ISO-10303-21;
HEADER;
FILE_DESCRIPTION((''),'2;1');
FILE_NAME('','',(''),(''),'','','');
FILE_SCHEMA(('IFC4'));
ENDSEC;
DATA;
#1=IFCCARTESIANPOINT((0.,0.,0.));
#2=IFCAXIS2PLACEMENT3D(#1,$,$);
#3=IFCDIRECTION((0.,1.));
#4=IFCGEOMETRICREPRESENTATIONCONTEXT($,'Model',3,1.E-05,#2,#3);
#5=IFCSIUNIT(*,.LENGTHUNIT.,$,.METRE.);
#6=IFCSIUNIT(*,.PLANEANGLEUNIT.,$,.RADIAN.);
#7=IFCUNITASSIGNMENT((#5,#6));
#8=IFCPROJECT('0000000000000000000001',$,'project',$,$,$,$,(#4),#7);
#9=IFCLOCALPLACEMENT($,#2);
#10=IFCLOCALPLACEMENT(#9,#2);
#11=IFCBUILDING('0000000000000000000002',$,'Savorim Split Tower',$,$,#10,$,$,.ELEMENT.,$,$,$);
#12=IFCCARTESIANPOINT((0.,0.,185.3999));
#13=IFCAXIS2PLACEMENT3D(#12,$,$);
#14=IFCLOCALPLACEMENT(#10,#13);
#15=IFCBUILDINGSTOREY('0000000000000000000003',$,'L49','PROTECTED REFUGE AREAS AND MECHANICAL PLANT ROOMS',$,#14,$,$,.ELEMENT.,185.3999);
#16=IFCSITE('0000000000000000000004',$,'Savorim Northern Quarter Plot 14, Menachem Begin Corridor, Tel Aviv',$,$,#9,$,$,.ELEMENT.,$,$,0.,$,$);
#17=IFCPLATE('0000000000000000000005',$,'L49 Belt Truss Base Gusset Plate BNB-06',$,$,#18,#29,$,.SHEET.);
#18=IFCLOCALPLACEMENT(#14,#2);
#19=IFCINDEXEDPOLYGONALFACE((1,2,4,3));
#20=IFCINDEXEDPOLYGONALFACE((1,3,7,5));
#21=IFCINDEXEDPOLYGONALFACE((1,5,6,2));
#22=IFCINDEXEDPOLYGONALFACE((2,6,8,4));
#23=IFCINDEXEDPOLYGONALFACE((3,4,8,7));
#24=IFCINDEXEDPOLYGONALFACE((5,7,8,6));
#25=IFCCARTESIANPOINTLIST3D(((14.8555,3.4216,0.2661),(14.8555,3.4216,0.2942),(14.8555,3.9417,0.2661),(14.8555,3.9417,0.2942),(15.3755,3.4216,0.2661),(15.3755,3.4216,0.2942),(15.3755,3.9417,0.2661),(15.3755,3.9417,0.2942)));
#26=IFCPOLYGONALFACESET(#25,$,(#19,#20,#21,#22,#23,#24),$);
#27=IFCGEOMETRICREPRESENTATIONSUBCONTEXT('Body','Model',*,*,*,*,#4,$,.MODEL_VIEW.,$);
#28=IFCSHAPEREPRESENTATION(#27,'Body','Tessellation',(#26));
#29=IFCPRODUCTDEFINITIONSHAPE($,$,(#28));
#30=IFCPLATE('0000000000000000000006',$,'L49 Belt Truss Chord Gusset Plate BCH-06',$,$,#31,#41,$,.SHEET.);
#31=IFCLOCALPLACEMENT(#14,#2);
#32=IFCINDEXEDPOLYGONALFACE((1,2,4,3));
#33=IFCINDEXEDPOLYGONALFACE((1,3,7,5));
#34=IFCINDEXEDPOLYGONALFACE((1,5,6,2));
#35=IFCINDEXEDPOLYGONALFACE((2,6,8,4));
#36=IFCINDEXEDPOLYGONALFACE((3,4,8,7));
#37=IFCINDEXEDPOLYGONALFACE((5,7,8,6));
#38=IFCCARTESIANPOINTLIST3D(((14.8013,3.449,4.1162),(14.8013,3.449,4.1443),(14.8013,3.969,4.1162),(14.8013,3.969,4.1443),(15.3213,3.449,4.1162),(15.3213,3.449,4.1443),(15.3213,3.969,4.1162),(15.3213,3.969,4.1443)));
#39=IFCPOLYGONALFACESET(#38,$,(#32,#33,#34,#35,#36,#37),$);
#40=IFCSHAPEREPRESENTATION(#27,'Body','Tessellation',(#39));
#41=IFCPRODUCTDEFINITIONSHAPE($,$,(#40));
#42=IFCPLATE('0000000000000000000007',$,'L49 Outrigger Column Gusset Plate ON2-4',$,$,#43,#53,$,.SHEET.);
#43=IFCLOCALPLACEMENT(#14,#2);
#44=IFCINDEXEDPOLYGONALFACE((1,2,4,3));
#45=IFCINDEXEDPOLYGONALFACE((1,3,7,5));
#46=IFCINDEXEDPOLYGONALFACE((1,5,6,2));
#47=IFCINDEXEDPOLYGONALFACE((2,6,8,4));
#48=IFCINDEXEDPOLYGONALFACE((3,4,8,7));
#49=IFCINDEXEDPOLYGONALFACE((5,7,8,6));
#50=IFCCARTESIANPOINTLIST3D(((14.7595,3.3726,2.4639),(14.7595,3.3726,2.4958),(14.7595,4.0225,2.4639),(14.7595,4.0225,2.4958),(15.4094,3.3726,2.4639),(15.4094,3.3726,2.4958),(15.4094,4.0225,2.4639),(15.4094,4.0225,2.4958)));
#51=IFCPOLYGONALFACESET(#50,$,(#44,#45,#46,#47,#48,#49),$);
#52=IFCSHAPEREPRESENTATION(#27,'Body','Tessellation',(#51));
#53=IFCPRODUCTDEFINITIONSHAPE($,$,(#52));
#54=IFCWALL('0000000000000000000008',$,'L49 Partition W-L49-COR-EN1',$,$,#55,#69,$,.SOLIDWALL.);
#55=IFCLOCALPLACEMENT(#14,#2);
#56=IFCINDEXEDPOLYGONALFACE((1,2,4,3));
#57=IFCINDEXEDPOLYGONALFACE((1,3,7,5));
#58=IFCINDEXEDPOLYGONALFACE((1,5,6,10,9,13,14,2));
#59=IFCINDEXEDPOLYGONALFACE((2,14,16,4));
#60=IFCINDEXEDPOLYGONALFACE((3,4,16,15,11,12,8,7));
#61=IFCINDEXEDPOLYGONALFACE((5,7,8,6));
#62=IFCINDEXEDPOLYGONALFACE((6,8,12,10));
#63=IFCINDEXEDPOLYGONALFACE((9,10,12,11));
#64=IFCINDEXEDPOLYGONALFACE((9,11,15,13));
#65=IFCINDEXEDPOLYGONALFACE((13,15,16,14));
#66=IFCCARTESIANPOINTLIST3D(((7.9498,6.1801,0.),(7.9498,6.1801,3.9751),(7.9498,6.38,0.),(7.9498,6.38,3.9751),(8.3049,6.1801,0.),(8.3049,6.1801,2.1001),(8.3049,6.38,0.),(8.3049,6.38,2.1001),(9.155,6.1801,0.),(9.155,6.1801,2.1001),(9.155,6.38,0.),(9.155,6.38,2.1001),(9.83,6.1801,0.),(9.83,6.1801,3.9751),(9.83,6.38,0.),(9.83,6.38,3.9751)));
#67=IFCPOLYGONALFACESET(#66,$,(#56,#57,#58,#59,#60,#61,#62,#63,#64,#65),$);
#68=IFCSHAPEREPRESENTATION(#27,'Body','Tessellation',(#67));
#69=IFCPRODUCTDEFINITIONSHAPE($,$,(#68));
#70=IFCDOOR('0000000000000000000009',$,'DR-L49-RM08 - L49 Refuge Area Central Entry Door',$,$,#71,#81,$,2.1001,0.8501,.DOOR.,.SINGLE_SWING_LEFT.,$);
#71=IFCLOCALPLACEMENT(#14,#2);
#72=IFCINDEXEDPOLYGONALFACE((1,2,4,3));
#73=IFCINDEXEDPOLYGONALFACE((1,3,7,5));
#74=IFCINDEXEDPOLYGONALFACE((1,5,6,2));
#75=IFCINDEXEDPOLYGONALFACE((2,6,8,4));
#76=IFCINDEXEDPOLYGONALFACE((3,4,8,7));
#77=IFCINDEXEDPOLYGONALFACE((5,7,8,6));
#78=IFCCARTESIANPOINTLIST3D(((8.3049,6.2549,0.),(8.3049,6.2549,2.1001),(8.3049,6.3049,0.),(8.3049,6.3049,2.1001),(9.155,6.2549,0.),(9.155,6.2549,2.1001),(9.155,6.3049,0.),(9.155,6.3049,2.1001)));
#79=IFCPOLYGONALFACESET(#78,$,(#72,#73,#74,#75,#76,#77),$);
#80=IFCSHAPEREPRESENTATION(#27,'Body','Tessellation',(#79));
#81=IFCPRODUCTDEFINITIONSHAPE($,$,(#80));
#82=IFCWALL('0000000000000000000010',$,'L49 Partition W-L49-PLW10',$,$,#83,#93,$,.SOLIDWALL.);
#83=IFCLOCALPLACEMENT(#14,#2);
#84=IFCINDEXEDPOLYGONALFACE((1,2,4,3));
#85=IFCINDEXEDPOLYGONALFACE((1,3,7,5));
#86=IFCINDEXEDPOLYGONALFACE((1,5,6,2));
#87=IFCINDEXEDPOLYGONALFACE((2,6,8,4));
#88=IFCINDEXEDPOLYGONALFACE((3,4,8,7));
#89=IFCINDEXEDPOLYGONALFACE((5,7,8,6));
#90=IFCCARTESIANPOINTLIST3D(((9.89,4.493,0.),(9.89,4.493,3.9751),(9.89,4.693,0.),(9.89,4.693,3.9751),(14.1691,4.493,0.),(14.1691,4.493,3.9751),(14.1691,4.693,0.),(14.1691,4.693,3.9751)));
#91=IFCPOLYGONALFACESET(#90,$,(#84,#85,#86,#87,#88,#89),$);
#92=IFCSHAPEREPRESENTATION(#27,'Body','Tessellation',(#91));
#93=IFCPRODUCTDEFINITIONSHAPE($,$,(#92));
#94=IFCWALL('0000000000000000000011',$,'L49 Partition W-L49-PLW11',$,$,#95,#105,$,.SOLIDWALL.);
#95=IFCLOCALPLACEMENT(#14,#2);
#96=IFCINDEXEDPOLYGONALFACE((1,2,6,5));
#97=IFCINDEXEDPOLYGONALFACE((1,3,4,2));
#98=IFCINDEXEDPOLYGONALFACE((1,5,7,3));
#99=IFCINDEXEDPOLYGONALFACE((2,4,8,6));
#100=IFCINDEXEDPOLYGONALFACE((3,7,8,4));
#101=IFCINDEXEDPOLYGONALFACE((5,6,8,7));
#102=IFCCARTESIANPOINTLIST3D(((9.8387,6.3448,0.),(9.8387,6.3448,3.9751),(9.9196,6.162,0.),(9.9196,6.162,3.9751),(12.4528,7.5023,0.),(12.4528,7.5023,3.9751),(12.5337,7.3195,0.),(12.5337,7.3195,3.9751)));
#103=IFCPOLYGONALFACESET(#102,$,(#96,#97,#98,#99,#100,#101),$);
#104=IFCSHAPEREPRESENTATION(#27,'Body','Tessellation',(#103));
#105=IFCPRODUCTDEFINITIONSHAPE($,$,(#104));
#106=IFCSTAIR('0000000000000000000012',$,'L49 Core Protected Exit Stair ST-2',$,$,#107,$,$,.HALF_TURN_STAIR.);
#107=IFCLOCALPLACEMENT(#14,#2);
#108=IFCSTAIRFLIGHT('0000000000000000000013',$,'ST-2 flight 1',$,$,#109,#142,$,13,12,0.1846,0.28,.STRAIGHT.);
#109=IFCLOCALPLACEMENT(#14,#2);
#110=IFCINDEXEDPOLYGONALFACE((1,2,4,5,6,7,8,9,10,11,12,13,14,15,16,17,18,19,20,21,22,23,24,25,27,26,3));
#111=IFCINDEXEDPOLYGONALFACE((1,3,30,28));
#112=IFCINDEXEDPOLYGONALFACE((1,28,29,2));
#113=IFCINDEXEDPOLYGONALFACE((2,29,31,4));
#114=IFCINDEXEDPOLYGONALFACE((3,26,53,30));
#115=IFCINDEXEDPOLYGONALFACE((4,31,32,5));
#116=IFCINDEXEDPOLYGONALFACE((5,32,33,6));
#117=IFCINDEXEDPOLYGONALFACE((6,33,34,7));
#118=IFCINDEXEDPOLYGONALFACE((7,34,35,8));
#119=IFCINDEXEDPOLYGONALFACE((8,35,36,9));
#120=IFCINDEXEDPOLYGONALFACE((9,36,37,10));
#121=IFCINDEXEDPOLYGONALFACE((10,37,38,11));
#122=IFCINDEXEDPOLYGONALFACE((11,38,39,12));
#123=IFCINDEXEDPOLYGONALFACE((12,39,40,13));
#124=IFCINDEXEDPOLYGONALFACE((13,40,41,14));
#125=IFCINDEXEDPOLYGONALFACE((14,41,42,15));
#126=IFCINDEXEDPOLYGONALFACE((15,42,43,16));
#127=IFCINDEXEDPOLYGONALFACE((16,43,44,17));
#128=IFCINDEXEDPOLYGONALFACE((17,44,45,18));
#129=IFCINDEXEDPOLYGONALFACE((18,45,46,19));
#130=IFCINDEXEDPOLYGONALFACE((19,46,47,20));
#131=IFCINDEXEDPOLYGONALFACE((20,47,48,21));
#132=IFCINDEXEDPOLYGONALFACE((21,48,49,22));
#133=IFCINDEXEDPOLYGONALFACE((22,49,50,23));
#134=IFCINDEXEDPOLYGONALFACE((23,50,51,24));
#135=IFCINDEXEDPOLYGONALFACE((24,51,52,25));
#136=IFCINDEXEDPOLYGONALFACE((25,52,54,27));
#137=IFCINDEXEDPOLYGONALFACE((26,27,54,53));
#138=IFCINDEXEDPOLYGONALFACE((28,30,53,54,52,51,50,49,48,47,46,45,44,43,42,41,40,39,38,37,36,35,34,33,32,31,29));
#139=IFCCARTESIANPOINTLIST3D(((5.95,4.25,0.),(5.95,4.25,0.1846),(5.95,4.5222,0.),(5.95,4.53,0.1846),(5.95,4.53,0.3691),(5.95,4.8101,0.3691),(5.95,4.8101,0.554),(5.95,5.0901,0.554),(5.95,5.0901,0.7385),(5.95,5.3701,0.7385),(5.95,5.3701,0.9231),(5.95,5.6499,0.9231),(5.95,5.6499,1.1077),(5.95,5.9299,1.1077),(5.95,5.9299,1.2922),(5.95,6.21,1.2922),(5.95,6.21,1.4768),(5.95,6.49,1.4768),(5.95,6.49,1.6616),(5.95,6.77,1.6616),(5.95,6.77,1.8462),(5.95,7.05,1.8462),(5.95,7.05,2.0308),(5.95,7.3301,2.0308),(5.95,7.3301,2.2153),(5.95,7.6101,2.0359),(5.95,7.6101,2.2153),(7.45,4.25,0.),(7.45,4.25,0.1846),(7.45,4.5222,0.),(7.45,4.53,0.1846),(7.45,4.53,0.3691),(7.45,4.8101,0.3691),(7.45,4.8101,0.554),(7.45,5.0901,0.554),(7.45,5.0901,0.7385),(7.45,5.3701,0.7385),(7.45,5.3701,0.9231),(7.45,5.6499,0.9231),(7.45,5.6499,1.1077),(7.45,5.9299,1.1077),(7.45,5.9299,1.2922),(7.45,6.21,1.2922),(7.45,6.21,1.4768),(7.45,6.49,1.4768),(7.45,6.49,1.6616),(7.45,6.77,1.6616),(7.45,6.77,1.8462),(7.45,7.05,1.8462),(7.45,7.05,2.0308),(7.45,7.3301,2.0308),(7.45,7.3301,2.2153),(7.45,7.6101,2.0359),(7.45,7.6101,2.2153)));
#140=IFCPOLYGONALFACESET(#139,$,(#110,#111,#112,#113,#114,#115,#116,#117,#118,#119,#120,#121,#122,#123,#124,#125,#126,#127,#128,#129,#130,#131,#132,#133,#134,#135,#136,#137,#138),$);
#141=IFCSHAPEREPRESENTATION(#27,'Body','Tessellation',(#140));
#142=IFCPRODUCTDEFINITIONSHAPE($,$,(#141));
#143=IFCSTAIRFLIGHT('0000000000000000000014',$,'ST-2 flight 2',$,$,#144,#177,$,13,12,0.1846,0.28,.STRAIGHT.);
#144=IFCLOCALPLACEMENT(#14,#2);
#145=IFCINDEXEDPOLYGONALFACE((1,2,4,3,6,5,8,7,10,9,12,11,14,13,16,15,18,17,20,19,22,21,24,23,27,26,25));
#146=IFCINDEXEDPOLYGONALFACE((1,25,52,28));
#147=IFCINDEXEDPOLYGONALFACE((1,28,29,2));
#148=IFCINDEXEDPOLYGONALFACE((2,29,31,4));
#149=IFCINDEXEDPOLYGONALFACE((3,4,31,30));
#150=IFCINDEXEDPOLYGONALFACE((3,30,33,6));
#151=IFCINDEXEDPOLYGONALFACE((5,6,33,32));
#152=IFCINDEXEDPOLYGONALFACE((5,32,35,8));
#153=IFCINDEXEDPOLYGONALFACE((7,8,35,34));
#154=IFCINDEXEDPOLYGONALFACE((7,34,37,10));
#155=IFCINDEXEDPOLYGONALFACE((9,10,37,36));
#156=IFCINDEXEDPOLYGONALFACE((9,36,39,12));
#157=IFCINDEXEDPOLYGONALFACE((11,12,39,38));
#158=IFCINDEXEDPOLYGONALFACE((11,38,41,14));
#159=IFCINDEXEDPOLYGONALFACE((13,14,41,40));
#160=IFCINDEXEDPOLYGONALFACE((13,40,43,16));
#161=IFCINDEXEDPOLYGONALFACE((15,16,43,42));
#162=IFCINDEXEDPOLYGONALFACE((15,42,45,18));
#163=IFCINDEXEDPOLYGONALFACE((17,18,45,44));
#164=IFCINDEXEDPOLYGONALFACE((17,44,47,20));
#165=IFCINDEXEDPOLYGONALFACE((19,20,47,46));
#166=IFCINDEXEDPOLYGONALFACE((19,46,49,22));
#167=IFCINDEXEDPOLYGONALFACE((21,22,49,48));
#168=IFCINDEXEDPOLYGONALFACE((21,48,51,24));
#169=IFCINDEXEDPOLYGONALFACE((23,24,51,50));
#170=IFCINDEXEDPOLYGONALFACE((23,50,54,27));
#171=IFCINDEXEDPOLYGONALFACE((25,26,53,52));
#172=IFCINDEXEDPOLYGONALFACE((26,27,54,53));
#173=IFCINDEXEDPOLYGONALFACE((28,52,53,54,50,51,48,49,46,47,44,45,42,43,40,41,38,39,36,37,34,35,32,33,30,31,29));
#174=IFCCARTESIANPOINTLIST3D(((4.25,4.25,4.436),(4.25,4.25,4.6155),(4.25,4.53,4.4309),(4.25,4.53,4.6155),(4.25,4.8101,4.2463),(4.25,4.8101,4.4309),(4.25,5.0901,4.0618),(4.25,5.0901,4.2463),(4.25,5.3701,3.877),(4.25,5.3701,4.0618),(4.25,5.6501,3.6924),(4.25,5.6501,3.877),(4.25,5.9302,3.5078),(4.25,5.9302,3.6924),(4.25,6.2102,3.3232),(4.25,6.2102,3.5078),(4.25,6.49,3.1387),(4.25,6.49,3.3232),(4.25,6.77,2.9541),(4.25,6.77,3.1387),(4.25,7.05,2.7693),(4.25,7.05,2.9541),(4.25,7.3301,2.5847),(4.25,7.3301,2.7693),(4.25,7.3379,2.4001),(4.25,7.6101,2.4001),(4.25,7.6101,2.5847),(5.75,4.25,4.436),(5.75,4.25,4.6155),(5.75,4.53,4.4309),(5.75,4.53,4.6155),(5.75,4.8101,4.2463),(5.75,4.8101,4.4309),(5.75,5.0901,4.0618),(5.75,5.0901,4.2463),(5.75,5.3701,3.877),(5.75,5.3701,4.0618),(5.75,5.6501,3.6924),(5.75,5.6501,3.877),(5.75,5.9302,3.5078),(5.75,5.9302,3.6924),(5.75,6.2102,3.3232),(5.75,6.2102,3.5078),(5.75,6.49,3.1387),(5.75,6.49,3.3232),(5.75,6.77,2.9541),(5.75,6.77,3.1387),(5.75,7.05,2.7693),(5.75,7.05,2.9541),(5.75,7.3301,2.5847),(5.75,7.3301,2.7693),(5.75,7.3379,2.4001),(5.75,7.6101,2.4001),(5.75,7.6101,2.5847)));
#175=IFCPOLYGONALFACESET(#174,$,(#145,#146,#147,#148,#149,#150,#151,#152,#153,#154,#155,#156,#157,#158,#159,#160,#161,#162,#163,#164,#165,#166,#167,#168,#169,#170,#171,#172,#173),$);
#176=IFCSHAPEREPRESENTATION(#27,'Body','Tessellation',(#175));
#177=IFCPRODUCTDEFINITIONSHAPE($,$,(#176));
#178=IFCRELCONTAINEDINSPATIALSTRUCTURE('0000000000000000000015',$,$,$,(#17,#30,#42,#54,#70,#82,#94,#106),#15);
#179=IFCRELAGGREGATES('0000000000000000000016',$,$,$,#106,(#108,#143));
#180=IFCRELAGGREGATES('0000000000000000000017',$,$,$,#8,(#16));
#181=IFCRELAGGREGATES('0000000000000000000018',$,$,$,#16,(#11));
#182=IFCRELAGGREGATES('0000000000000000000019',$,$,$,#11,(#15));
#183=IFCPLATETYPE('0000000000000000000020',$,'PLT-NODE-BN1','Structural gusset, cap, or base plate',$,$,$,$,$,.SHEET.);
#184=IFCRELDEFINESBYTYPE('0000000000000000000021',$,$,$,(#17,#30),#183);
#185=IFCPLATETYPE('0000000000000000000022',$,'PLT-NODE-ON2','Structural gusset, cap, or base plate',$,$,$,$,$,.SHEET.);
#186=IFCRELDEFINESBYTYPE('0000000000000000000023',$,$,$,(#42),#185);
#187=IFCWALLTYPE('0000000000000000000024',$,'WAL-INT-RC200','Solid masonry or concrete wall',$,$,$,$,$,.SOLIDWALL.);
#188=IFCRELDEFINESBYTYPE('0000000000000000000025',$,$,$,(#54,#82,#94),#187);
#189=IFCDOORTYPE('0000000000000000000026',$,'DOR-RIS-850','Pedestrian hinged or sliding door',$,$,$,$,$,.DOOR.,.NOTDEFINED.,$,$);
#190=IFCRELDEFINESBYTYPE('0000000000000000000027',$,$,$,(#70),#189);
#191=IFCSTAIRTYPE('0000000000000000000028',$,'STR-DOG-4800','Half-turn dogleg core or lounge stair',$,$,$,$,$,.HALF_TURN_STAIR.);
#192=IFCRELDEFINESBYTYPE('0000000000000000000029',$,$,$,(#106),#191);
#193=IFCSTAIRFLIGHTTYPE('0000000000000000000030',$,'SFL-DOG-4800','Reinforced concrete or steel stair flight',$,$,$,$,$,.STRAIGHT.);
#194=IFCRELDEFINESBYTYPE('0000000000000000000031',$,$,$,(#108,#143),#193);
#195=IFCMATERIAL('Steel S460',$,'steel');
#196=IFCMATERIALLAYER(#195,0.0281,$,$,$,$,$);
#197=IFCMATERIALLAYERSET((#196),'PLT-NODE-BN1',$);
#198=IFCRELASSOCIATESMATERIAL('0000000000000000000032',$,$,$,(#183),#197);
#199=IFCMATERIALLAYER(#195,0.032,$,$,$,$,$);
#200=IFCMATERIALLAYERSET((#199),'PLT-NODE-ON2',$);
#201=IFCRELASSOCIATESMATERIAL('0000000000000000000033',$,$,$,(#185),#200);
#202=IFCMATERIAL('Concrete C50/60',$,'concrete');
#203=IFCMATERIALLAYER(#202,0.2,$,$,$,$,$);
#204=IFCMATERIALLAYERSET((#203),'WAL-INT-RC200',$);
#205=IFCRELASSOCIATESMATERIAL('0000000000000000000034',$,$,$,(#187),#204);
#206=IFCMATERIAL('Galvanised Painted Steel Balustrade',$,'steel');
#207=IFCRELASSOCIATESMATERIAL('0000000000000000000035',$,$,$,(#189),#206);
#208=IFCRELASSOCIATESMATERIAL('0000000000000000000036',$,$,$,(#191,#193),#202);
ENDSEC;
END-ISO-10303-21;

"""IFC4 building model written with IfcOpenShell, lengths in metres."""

from ifc_helpers import new_model, si_unit, direction, frame, frame_2d, origin, origin_2d, place, context, subcontext, project, spatial, polyline, rectangle, outline, extrude, material, layer, layer_set, type_object, element, fill, aggregate, save


model = new_model("IFC4")

# Units and contexts
model_context = context("Model", 3, precision=1e-05, world=origin(), true_north=direction((0.0, 1.0)))
body_context = subcontext(model_context, "Body", "Model", "MODEL_VIEW")
ifc_project = project(units=[si_unit("LENGTHUNIT", "METRE"), si_unit("PLANEANGLEUNIT", "RADIAN")], contexts=[model_context])

# Site, building, storey
site_placement = place(None, origin())
site = spatial("IfcSite", under=ifc_project, at=site_placement, Name="Savorim Northern Quarter Plot 14, Menachem Begin Corridor, Tel Aviv", CompositionType="ELEMENT", RefElevation=0.0)
building_placement = place(site_placement, origin())
building = spatial("IfcBuilding", under=site, at=building_placement, Name="Savorim Split Tower", CompositionType="ELEMENT")
storey_placement = place(building_placement, frame((0.0, 0.0, 185.3999)))
storey = spatial("IfcBuildingStorey", under=building, at=storey_placement, Name="L49", Description="PROTECTED REFUGE AREAS AND MECHANICAL PLANT ROOMS", CompositionType="ELEMENT", Elevation=185.3999)

# Shared definitions
ifc_material_1 = material(Name="Steel S460", Category="steel")

# Plates
ifc_layer_1 = layer(ifc_material_1, 0.0281)
ifc_layer_set_1 = layer_set([ifc_layer_1], Name="PLT-NODE-BN1")
plate_type_1 = type_object("IfcPlateType", Name="PLT-NODE-BN1", Description="Structural gusset, cap, or base plate", PredefinedType="SHEET", material=ifc_layer_set_1)
for number, where, z_axis, x_axis, name in (
    (1, (15.1155, 3.6816, 0.2661), (0.0, 0.0, 1.0), (1.0, 0.0, 0.0), "L49 Belt Truss Base Gusset Plate BNB-06"),
    (2, (15.0613, 3.709, 4.1162), (0.0, 0.0, 1.0), (1.0, 0.0, 0.0), "L49 Belt Truss Chord Gusset Plate BCH-06"),
):
    element("IfcPlate", number, at=place(storey_placement, frame(where, z_axis=z_axis, x_axis=x_axis)), inside=storey, type_object=plate_type_1, Name=name, PredefinedType="SHEET", context=body_context, shape_type="SweptSolid", body=[
        extrude(rectangle(XDim=0.52, YDim=0.52, at=origin_2d()), origin(), (0.0, 0.0, 1.0), 0.0281),
    ])
ifc_layer_2 = layer(ifc_material_1, 0.032)
ifc_layer_set_2 = layer_set([ifc_layer_2], Name="PLT-NODE-ON2")
plate_type_2 = type_object("IfcPlateType", Name="PLT-NODE-ON2", Description="Structural gusset, cap, or base plate", PredefinedType="SHEET", material=ifc_layer_set_2)
plate_1_placement = place(storey_placement, frame((15.0845, 3.6975, 2.4639), z_axis=(0.0, 0.0, 1.0), x_axis=(1.0, 0.0, 0.0)))
element("IfcPlate", 3, at=plate_1_placement, inside=storey, type_object=plate_type_2, Name="L49 Outrigger Column Gusset Plate ON2-4", PredefinedType="SHEET", context=body_context, shape_type="SweptSolid", body=[
    extrude(rectangle(XDim=0.6499, YDim=0.6499, at=origin_2d()), origin(), (0.0, 0.0, 1.0), 0.032),
])

# Wall, opening, door
ifc_material_2 = material(Name="Concrete C50/60", Category="concrete")
ifc_layer_3 = layer(ifc_material_2, 0.2)
ifc_layer_set_3 = layer_set([ifc_layer_3], Name="WAL-INT-RC200")
wall_type = type_object("IfcWallType", Name="WAL-INT-RC200", Description="Solid masonry or concrete wall", PredefinedType="SOLIDWALL", material=ifc_layer_set_3)
wall_1_placement = place(storey_placement, frame((7.95, 6.28, 0.0), z_axis=(0.0, 0.0, 1.0), x_axis=(1.0, 0.0, 0.0)))
wall_1 = element("IfcWall", 4, at=wall_1_placement, inside=storey, type_object=wall_type, Name="L49 Partition W-L49-COR-EN1", PredefinedType="SOLIDWALL", context=body_context, shape_type="SweptSolid", body=[
    extrude(rectangle(XDim=1.8801, YDim=0.2, at=frame_2d((0.9399, 0.0))), origin(), (0.0, 0.0, 1.0), 3.9751),
])
opening_placement = place(wall_1_placement, frame((0.355, 0.0, 0.0)))
opening = element("IfcOpeningElement", 5, at=opening_placement, cuts=wall_1, PredefinedType="OPENING", context=body_context, shape_type="SweptSolid", body=[
    extrude(rectangle(XDim=0.8501, YDim=2.1001, at=frame_2d((0.425, 1.05))), frame((0.0, 0.1099, 0.0), z_axis=(0.0, -1.0, 0.0), x_axis=(1.0, 0.0, 0.0)), (0.0, 0.0, 1.0), 0.22),
])
ifc_material_3 = material(Name="Galvanised Painted Steel Balustrade", Category="steel")
door_type = type_object("IfcDoorType", Name="DOR-RIS-850", Description="Pedestrian hinged or sliding door", OperationType="NOTDEFINED", PredefinedType="DOOR", material=ifc_material_3)
door_placement = place(opening_placement, origin())
door = element("IfcDoor", 6, at=door_placement, inside=storey, type_object=door_type, Name="DR-L49-RM08 - L49 Refuge Area Central Entry Door", OperationType="SINGLE_SWING_LEFT", OverallHeight=2.1001, OverallWidth=0.8501, PredefinedType="DOOR", context=body_context, shape_type="SweptSolid", body=[
    extrude(rectangle(XDim=0.8501, YDim=2.1001, at=frame_2d((0.425, 1.05))), frame((0.0, 0.0249, 0.0), z_axis=(0.0, -1.0, 0.0), x_axis=(1.0, 0.0, 0.0)), (0.0, 0.0, 1.0), 0.05),
])
fill(opening, door)

# Walls
wall_2_placement = place(storey_placement, frame((9.8899, 4.593, 0.0), z_axis=(0.0, 0.0, 1.0), x_axis=(1.0, 0.0, 0.0)))
element("IfcWall", 7, at=wall_2_placement, inside=storey, type_object=wall_type, Name="L49 Partition W-L49-PLW10", PredefinedType="SOLIDWALL", context=body_context, shape_type="SweptSolid", body=[
    extrude(rectangle(XDim=4.2791, YDim=0.2, at=frame_2d((2.1396, 0.0))), origin(), (0.0, 0.0, 1.0), 3.9751),
])
wall_3_placement = place(storey_placement, frame((9.8792, 6.2534, 0.0), z_axis=(0.0, 0.0, 1.0), x_axis=(0.914371, 0.404878, 0.0)))
element("IfcWall", 8, at=wall_3_placement, inside=storey, type_object=wall_type, Name="L49 Partition W-L49-PLW11", PredefinedType="SOLIDWALL", context=body_context, shape_type="SweptSolid", body=[
    extrude(rectangle(XDim=2.8589, YDim=0.2, at=frame_2d((1.4294, 0.0))), origin(), (0.0, 0.0, 1.0), 3.9751),
])

# Stair, stair flights
stair_type = type_object("IfcStairType", Name="STR-DOG-4800", Description="Half-turn dogleg core or lounge stair", PredefinedType="HALF_TURN_STAIR", material=ifc_material_2)
stair_placement = place(storey_placement, origin())
stair = element("IfcStair", 9, at=stair_placement, inside=storey, type_object=stair_type, Name="L49 Core Protected Exit Stair ST-2", PredefinedType="HALF_TURN_STAIR")
stair_flight_type = type_object("IfcStairFlightType", Name="SFL-DOG-4800", Description="Reinforced concrete or steel stair flight", PredefinedType="STRAIGHT", material=ifc_material_2)
stair_flight_1_placement = place(storey_placement, frame((6.7, 4.25, 0.0), z_axis=(0.0, 0.0, 1.0), x_axis=(0.0, 1.0, 0.0)))
stair_flight_1 = element("IfcStairFlight", 10, at=stair_flight_1_placement, type_object=stair_flight_type, Name="ST-2 flight 1", NumberOfRisers=13, NumberOfTreads=12, PredefinedType="STRAIGHT", RiserHeight=0.1846, TreadLength=0.28, context=body_context, shape_type="SweptSolid", body=[
    extrude(outline(polyline([(0.0, 0.0), (0.0, 0.1846), (0.28, 0.1846), (0.28, 0.3691), (0.5601, 0.3691), (0.5601, 0.554), (0.8401, 0.554), (0.8401, 0.7385), (1.1201, 0.7385), (1.1201, 0.9231), (1.3999, 0.9231), (1.3999, 1.1077), (1.6799, 1.1077), (1.6799, 1.2922), (1.96, 1.2922), (1.96, 1.4768), (2.24, 1.4768), (2.24, 1.6616), (2.52, 1.6616), (2.52, 1.8462), (2.8, 1.8462), (2.8, 2.0308), (3.0801, 2.0308), (3.0801, 2.2153), (3.3601, 2.2153), (3.3601, 2.3999), (3.3601, 2.0359), (0.2722, 0.0), (0.0, 0.0)])), frame((0.0, 0.75, 0.0), z_axis=(0.0, -1.0, 0.0), x_axis=(1.0, 0.0, 0.0)), (0.0, 0.0, 1.0), 1.5),
])
stair_flight_2_placement = place(storey_placement, frame((5.0, 7.6101, 2.4001), z_axis=(0.0, 0.0, 1.0), x_axis=(0.0, -1.0, 0.0)))
stair_flight_2 = element("IfcStairFlight", 11, at=stair_flight_2_placement, type_object=stair_flight_type, Name="ST-2 flight 2", NumberOfRisers=13, NumberOfTreads=12, PredefinedType="STRAIGHT", RiserHeight=0.1846, TreadLength=0.28, context=body_context, shape_type="SweptSolid", body=[
    extrude(outline(polyline([(0.0, 0.0), (0.0, 0.1846), (0.28, 0.1846), (0.28, 0.3691), (0.5601, 0.3691), (0.5601, 0.554), (0.8401, 0.554), (0.8401, 0.7385), (1.1201, 0.7385), (1.1201, 0.9231), (1.3999, 0.9231), (1.3999, 1.1077), (1.6799, 1.1077), (1.6799, 1.2922), (1.96, 1.2922), (1.96, 1.4768), (2.24, 1.4768), (2.24, 1.6616), (2.52, 1.6616), (2.52, 1.8462), (2.8, 1.8462), (2.8, 2.0308), (3.0801, 2.0308), (3.0801, 2.2153), (3.3601, 2.2153), (3.3601, 2.3999), (3.3601, 2.0359), (0.2722, 0.0), (0.0, 0.0)])), frame((0.0, 0.75, 0.0), z_axis=(0.0, -1.0, 0.0), x_axis=(1.0, 0.0, 0.0)), (0.0, 0.0, 1.0), 1.5),
])
aggregate(stair, [stair_flight_1, stair_flight_2])

save(model, "model.ifc")
